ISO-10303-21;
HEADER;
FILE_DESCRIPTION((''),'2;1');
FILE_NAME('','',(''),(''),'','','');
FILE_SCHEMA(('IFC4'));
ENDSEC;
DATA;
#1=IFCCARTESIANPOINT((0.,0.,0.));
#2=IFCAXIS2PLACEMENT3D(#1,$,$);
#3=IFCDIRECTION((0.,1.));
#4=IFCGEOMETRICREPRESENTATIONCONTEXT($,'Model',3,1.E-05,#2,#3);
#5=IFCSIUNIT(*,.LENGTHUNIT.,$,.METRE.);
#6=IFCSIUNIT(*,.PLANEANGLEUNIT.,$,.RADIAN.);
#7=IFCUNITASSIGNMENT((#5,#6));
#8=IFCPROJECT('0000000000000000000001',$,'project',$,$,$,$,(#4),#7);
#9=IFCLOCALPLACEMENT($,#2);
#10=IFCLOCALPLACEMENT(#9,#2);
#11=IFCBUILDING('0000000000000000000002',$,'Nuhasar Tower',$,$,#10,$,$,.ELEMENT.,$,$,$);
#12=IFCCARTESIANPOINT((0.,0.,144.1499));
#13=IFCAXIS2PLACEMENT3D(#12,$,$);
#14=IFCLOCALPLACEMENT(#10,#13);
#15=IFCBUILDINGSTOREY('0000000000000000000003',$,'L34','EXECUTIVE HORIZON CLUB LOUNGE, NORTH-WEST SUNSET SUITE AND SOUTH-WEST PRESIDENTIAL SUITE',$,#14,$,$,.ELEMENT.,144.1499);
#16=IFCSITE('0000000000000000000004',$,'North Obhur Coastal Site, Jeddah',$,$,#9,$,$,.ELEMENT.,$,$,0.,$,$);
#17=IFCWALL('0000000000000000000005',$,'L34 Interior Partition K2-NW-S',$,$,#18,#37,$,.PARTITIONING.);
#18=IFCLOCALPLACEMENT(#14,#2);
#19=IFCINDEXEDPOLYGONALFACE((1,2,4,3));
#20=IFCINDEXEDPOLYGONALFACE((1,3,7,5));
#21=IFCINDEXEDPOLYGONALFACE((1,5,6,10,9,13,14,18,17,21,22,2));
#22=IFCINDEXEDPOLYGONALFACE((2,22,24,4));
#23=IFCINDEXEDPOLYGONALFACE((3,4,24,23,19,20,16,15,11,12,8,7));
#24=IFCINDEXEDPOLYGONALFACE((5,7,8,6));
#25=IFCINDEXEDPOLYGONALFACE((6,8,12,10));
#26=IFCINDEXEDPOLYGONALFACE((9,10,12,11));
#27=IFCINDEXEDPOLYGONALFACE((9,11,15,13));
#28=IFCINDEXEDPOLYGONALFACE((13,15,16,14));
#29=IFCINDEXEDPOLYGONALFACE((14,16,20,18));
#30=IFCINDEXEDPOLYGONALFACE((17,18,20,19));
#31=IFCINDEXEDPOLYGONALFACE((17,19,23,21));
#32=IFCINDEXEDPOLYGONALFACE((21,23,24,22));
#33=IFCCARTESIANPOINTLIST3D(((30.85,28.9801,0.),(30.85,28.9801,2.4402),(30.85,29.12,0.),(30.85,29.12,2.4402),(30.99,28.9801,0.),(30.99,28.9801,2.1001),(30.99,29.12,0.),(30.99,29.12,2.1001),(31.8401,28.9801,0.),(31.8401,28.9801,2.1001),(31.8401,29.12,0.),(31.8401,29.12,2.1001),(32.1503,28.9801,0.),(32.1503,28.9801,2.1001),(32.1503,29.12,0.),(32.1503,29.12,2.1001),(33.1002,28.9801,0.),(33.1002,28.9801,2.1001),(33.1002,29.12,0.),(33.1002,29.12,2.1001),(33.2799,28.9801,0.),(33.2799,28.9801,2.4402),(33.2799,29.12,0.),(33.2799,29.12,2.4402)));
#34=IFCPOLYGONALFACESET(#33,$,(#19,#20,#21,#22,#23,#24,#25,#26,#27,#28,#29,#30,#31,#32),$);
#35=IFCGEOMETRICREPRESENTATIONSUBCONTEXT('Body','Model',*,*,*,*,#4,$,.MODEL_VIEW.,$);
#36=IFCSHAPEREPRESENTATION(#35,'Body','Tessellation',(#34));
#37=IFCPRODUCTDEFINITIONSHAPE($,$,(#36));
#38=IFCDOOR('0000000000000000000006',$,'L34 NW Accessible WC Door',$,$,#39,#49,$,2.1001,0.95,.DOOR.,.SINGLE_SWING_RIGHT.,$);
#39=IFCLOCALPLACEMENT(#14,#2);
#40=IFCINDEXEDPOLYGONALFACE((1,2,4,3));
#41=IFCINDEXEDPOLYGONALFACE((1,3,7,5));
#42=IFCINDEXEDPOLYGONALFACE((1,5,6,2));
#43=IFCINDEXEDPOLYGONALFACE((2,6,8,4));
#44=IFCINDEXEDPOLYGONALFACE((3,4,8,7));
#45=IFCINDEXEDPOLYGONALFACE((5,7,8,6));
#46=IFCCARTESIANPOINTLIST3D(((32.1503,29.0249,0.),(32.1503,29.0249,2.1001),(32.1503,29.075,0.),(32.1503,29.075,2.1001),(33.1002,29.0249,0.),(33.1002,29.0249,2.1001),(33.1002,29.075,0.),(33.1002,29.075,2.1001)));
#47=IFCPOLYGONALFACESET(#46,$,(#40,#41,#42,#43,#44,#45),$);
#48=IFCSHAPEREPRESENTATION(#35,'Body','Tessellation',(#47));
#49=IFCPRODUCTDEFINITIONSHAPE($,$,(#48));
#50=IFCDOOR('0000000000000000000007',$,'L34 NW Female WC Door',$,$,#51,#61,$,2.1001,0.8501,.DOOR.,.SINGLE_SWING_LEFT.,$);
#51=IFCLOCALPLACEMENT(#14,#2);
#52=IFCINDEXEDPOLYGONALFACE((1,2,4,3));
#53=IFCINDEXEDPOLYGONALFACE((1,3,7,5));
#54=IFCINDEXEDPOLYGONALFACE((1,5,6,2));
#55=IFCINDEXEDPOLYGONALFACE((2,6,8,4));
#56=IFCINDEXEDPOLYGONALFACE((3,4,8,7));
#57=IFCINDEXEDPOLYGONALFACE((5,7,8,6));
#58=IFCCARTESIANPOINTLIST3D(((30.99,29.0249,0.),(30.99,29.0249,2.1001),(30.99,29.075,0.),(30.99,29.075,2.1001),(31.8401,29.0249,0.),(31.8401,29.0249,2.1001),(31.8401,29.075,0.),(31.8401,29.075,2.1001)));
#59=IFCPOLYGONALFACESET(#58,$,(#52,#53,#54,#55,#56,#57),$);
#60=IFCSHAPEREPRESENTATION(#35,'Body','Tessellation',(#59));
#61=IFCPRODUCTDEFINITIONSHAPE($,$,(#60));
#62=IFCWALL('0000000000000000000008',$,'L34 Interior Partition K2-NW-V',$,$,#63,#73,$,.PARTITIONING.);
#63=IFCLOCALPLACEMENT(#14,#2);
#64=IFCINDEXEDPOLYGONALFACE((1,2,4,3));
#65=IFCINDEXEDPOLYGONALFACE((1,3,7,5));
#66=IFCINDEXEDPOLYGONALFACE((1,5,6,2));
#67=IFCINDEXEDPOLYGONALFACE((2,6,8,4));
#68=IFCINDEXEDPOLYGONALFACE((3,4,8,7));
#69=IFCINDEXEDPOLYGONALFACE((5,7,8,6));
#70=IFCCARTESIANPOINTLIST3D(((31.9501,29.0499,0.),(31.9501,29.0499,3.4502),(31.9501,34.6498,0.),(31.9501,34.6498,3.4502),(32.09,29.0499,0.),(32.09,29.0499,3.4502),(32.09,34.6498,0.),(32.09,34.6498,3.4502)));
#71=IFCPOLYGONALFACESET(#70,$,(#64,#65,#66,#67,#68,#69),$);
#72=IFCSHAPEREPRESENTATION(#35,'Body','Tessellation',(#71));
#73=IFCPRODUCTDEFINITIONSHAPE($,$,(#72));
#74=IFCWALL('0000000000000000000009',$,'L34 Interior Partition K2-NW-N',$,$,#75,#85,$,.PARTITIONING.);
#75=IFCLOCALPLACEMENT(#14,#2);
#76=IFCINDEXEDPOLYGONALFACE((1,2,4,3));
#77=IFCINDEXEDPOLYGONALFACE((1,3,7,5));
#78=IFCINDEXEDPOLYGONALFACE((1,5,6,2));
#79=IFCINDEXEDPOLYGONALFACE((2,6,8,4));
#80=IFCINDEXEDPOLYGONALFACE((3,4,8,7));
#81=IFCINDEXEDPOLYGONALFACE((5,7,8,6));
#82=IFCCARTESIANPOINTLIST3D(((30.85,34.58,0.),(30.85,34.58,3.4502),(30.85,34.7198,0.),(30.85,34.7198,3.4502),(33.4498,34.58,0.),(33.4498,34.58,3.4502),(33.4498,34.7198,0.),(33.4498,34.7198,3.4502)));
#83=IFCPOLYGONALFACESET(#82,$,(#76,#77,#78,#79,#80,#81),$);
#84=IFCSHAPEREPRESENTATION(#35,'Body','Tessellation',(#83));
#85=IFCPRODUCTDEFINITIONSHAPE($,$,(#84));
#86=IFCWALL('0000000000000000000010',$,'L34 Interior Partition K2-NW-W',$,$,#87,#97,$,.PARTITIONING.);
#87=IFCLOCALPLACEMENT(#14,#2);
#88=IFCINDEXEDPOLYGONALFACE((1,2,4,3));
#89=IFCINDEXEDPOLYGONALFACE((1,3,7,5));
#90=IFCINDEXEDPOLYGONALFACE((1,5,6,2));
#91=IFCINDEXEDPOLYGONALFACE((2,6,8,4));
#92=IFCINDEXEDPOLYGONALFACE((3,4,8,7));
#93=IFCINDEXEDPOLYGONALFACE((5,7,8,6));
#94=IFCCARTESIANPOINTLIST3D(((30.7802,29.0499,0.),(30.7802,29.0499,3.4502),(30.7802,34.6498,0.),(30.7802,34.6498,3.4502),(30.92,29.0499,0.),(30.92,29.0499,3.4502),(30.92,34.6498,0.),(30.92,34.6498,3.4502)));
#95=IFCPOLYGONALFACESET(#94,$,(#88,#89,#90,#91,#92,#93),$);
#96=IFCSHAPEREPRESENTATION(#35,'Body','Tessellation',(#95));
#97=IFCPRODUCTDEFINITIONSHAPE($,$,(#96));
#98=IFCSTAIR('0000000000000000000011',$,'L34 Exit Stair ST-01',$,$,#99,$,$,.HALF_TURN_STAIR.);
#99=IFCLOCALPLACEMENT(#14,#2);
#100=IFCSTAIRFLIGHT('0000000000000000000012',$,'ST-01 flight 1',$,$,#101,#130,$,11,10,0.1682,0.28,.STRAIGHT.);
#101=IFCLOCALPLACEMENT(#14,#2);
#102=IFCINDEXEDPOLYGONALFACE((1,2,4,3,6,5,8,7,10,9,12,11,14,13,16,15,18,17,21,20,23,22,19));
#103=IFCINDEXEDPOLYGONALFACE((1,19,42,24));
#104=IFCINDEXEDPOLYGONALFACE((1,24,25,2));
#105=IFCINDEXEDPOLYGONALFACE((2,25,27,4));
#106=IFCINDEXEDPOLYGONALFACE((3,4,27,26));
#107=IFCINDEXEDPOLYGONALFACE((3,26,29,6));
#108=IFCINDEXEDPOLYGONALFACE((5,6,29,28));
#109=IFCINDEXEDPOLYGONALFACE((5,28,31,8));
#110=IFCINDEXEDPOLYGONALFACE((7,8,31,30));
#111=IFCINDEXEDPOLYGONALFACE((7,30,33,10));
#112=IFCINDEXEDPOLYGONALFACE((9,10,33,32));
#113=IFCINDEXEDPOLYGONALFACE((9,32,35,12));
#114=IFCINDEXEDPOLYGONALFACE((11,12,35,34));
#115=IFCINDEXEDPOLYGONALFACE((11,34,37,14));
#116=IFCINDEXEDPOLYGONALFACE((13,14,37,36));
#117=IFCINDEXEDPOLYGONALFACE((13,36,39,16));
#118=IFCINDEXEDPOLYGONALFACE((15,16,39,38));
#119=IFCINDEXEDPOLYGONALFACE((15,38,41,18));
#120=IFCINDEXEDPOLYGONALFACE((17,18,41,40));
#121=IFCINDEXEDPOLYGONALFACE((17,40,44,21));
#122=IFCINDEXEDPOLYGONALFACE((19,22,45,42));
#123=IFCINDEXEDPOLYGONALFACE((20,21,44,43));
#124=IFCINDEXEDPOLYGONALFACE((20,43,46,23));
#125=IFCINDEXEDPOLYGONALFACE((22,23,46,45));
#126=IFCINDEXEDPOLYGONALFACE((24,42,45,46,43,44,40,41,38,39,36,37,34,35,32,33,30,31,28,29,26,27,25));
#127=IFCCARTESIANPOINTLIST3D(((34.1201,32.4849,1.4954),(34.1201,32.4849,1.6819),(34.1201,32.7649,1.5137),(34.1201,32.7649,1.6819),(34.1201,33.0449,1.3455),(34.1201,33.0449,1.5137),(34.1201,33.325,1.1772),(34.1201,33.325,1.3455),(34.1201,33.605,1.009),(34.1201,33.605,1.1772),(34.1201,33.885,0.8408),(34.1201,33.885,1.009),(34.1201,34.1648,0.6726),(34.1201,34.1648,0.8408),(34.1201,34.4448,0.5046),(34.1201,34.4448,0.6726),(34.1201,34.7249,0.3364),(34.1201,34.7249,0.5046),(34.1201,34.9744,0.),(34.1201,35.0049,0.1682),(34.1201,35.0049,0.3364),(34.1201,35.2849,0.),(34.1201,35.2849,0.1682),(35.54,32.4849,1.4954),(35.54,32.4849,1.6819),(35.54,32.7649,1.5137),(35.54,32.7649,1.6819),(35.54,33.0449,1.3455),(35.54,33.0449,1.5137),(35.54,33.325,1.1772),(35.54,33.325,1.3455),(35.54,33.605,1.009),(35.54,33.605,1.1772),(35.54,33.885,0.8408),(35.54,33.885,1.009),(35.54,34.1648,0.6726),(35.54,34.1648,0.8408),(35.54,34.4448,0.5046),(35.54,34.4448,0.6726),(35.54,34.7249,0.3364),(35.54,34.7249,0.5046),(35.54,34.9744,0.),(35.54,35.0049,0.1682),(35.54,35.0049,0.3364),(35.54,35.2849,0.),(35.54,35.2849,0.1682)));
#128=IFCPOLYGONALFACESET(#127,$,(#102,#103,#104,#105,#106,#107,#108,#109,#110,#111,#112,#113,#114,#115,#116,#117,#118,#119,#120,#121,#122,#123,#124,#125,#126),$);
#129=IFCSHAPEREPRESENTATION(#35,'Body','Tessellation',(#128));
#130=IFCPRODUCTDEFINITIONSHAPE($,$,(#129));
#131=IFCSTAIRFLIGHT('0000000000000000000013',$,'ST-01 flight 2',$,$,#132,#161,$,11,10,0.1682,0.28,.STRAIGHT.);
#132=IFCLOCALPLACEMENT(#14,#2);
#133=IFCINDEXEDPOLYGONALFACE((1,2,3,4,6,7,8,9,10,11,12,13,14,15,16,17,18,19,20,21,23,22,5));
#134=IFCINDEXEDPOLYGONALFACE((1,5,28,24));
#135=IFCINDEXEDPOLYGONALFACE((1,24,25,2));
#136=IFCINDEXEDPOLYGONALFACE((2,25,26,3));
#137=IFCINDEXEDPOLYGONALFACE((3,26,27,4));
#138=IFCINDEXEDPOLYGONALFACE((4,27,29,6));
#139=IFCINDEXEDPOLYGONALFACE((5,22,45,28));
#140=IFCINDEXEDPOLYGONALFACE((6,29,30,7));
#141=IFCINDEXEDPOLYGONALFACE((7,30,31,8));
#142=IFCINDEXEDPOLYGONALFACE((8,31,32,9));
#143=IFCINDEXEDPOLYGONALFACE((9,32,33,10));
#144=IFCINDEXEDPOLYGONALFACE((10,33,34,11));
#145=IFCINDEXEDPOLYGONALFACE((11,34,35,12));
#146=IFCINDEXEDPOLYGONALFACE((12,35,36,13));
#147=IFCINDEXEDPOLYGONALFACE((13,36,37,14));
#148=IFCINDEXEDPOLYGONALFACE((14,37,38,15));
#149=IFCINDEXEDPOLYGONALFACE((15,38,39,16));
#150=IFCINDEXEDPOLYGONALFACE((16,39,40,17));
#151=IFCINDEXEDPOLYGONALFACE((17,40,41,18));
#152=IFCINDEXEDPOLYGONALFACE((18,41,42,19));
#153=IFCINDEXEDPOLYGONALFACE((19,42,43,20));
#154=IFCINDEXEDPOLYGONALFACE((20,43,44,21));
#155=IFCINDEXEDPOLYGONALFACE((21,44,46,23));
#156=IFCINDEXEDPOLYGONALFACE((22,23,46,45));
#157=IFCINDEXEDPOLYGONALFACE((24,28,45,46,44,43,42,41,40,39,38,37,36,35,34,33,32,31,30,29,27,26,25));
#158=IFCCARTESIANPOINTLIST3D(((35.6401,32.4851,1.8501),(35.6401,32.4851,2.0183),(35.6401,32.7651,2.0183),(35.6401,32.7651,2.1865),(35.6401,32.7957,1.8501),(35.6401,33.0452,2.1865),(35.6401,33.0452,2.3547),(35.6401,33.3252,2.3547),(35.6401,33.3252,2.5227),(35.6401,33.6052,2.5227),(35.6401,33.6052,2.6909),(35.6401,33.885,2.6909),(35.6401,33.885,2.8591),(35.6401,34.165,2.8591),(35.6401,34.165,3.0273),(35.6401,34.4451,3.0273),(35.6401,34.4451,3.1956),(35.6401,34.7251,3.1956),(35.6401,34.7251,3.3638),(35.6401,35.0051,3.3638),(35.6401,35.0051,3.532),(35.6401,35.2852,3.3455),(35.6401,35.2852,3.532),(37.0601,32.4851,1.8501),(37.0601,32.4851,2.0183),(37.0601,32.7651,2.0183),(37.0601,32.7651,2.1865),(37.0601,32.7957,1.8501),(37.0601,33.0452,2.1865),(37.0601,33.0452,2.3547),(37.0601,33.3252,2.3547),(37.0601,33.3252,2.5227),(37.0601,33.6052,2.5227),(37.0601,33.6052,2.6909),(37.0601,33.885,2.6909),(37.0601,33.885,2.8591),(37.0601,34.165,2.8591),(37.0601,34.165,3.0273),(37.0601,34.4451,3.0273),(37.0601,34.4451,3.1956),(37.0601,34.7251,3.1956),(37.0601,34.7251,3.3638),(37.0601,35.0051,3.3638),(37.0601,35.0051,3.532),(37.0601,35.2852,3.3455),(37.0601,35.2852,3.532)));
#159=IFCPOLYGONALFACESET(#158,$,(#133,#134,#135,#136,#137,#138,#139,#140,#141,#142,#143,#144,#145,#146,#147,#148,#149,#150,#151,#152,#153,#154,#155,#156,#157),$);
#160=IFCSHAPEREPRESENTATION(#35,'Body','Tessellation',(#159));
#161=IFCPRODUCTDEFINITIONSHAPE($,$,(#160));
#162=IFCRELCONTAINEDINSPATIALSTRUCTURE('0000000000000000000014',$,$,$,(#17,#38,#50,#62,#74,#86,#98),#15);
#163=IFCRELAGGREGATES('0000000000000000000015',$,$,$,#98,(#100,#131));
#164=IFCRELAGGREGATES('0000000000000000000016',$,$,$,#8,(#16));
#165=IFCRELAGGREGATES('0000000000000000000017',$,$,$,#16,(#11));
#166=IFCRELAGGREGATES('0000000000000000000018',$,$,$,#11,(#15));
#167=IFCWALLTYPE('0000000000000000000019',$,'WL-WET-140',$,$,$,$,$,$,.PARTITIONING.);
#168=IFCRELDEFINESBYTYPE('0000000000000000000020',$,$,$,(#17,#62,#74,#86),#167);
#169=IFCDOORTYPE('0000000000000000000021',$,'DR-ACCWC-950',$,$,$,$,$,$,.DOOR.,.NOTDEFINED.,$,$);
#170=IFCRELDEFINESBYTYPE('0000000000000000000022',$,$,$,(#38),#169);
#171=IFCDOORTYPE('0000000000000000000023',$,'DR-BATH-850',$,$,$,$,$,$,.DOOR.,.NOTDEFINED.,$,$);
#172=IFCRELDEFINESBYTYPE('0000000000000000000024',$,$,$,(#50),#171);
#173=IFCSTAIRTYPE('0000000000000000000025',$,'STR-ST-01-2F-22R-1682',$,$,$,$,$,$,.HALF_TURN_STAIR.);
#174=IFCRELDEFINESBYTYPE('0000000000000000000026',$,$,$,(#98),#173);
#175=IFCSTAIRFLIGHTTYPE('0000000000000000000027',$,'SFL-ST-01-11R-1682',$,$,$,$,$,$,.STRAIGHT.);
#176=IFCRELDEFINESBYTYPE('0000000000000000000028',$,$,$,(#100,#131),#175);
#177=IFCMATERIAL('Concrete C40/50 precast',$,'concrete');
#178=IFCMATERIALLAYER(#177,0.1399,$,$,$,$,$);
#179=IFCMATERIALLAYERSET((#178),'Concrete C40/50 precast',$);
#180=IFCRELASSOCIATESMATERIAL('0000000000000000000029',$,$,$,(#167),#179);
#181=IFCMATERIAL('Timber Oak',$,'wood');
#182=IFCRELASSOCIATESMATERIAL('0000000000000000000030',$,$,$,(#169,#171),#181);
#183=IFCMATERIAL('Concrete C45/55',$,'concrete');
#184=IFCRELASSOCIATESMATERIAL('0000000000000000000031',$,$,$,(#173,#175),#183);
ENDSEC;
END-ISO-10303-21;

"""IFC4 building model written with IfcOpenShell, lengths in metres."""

from ifc_helpers import new_model, si_unit, direction, frame, frame_2d, origin, place, context, subcontext, project, spatial, polyline, rectangle, outline, extrude, material, layer, layer_set, type_object, element, fill, aggregate, save


model = new_model("IFC4")

# Units and contexts
model_context = context("Model", 3, precision=1e-05, world=origin(), true_north=direction((0.0, 1.0)))
body_context = subcontext(model_context, "Body", "Model", "MODEL_VIEW")
ifc_project = project(units=[si_unit("LENGTHUNIT", "METRE"), si_unit("PLANEANGLEUNIT", "RADIAN")], contexts=[model_context])

# Site, building, storey
site_placement = place(None, origin())
site = spatial("IfcSite", under=ifc_project, at=site_placement, Name="North Obhur Coastal Site, Jeddah", CompositionType="ELEMENT", RefElevation=0.0)
building_placement = place(site_placement, origin())
building = spatial("IfcBuilding", under=site, at=building_placement, Name="Nuhasar Tower", CompositionType="ELEMENT")
storey_placement = place(building_placement, frame((0.0, 0.0, 144.1499)))
storey = spatial("IfcBuildingStorey", under=building, at=storey_placement, Name="L34", Description="EXECUTIVE HORIZON CLUB LOUNGE, NORTH-WEST SUNSET SUITE AND SOUTH-WEST PRESIDENTIAL SUITE", CompositionType="ELEMENT", Elevation=144.1499)

# Shared definitions
ifc_material_1 = material(Name="Concrete C40/50 precast", Category="concrete")
ifc_layer_1 = layer(ifc_material_1, 0.1399)
ifc_layer_set_1 = layer_set([ifc_layer_1], Name="Concrete C40/50 precast")
wall_type_1 = type_object("IfcWallType", Name="WL-WET-140", PredefinedType="PARTITIONING", material=ifc_layer_set_1)

# Wall, openings, doors
wall_1_placement = place(storey_placement, frame((30.8501, 29.05, 0.0), z_axis=(0.0, 0.0, 1.0), x_axis=(1.0, 0.0, 0.0)))
wall_1 = element("IfcWall", 1, at=wall_1_placement, inside=storey, type_object=wall_type_1, Name="L34 Interior Partition K2-NW-S", PredefinedType="PARTITIONING", context=body_context, shape_type="SweptSolid", body=[
    extrude(rectangle(XDim=2.4299, YDim=0.1399, at=frame_2d((1.2148, 0.0))), origin(), (0.0, 0.0, 1.0), 2.4402),
])
opening_1_placement = place(wall_1_placement, frame((0.1399, 0.0, 0.0)))
opening_1 = element("IfcOpeningElement", 2, at=opening_1_placement, cuts=wall_1, PredefinedType="OPENING", context=body_context, shape_type="SweptSolid", body=[
    extrude(rectangle(XDim=0.8501, YDim=2.1001, at=frame_2d((0.425, 1.05))), frame((0.0, 0.0801, 0.0), z_axis=(0.0, -1.0, 0.0), x_axis=(1.0, 0.0, 0.0)), (0.0, 0.0, 1.0), 0.1599),
])
opening_2_placement = place(wall_1_placement, frame((1.3, 0.0, 0.0)))
opening_2 = element("IfcOpeningElement", 3, at=opening_2_placement, cuts=wall_1, PredefinedType="OPENING", context=body_context, shape_type="SweptSolid", body=[
    extrude(rectangle(XDim=0.95, YDim=2.1001, at=frame_2d((0.4751, 1.05))), frame((0.0, 0.0801, 0.0), z_axis=(0.0, -1.0, 0.0), x_axis=(1.0, 0.0, 0.0)), (0.0, 0.0, 1.0), 0.1599),
])
ifc_material_2 = material(Name="Timber Oak", Category="wood")
door_type_1 = type_object("IfcDoorType", Name="DR-ACCWC-950", OperationType="NOTDEFINED", PredefinedType="DOOR", material=ifc_material_2)
door_1_placement = place(opening_2_placement, origin())
door_1 = element("IfcDoor", 4, at=door_1_placement, inside=storey, type_object=door_type_1, Name="L34 NW Accessible WC Door", OperationType="SINGLE_SWING_RIGHT", OverallHeight=2.1001, OverallWidth=0.95, PredefinedType="DOOR", context=body_context, shape_type="SweptSolid", body=[
    extrude(rectangle(XDim=0.95, YDim=2.1001, at=frame_2d((0.4751, 1.05))), frame((0.0, 0.0249, 0.0), z_axis=(0.0, -1.0, 0.0), x_axis=(1.0, 0.0, 0.0)), (0.0, 0.0, 1.0), 0.05),
])
fill(opening_2, door_1)
door_type_2 = type_object("IfcDoorType", Name="DR-BATH-850", OperationType="NOTDEFINED", PredefinedType="DOOR", material=ifc_material_2)
door_2_placement = place(opening_1_placement, origin())
door_2 = element("IfcDoor", 5, at=door_2_placement, inside=storey, type_object=door_type_2, Name="L34 NW Female WC Door", OperationType="SINGLE_SWING_LEFT", OverallHeight=2.1001, OverallWidth=0.8501, PredefinedType="DOOR", context=body_context, shape_type="SweptSolid", body=[
    extrude(rectangle(XDim=0.8501, YDim=2.1001, at=frame_2d((0.425, 1.05))), frame((0.0, 0.0249, 0.0), z_axis=(0.0, -1.0, 0.0), x_axis=(1.0, 0.0, 0.0)), (0.0, 0.0, 1.0), 0.05),
])
fill(opening_1, door_2)

# Walls
wall_2_placement = place(storey_placement, frame((32.02, 29.05, 0.0), z_axis=(0.0, 0.0, 1.0), x_axis=(0.0, 1.0, 0.0)))
element("IfcWall", 6, at=wall_2_placement, inside=storey, type_object=wall_type_1, Name="L34 Interior Partition K2-NW-V", PredefinedType="PARTITIONING", context=body_context, shape_type="SweptSolid", body=[
    extrude(rectangle(XDim=5.5999, YDim=0.1399, at=frame_2d((2.7998, 0.0))), origin(), (0.0, 0.0, 1.0), 3.4502),
])
wall_3_placement = place(storey_placement, frame((30.8501, 34.6499, 0.0), z_axis=(0.0, 0.0, 1.0), x_axis=(1.0, 0.0, 0.0)))
element("IfcWall", 7, at=wall_3_placement, inside=storey, type_object=wall_type_1, Name="L34 Interior Partition K2-NW-N", PredefinedType="PARTITIONING", context=body_context, shape_type="SweptSolid", body=[
    extrude(rectangle(XDim=2.5999, YDim=0.1399, at=frame_2d((1.2998, 0.0))), origin(), (0.0, 0.0, 1.0), 3.4502),
])
wall_4_placement = place(storey_placement, frame((30.8501, 29.05, 0.0), z_axis=(0.0, 0.0, 1.0), x_axis=(0.0, 1.0, 0.0)))
element("IfcWall", 8, at=wall_4_placement, inside=storey, type_object=wall_type_1, Name="L34 Interior Partition K2-NW-W", PredefinedType="PARTITIONING", context=body_context, shape_type="SweptSolid", body=[
    extrude(rectangle(XDim=5.5999, YDim=0.1399, at=frame_2d((2.7998, 0.0))), origin(), (0.0, 0.0, 1.0), 3.4502),
])

# Stair, stair flights
ifc_material_3 = material(Name="Concrete C45/55", Category="concrete")
stair_type_1 = type_object("IfcStairType", Name="STR-ST-01-2F-22R-1682", PredefinedType="HALF_TURN_STAIR", material=ifc_material_3)
stair_1_placement = place(storey_placement, origin())
stair_1 = element("IfcStair", 9, at=stair_1_placement, inside=storey, type_object=stair_type_1, Name="L34 Exit Stair ST-01", PredefinedType="HALF_TURN_STAIR")
stair_flight_type_1 = type_object("IfcStairFlightType", Name="SFL-ST-01-11R-1682", PredefinedType="STRAIGHT", material=ifc_material_3)
stair_flight_1_placement = place(storey_placement, frame((34.8301, 35.2849, 0.0), z_axis=(0.0, 0.0, 1.0), x_axis=(0.0, -1.0, 0.0)))
stair_flight_1 = element("IfcStairFlight", 10, at=stair_flight_1_placement, type_object=stair_flight_type_1, Name="ST-01 flight 1", NumberOfRisers=11, NumberOfTreads=10, PredefinedType="STRAIGHT", RiserHeight=0.1682, TreadLength=0.28, context=body_context, shape_type="SweptSolid", body=[
    extrude(outline(polyline([(0.0, 0.0), (0.0, 0.1682), (0.28, 0.1682), (0.28, 0.3364), (0.5601, 0.3364), (0.5601, 0.5046), (0.8401, 0.5046), (0.8401, 0.6726), (1.1201, 0.6726), (1.1201, 0.8408), (1.3999, 0.8408), (1.3999, 1.009), (1.6799, 1.009), (1.6799, 1.1772), (1.96, 1.1772), (1.96, 1.3455), (2.24, 1.3455), (2.24, 1.5137), (2.52, 1.5137), (2.52, 1.6819), (2.8, 1.6819), (2.8, 1.8501), (2.8, 1.4954), (0.3105, 0.0), (0.0, 0.0)])), frame((0.0, 0.71, 0.0), z_axis=(0.0, -1.0, 0.0), x_axis=(1.0, 0.0, 0.0)), (0.0, 0.0, 1.0), 1.4199),
])
stair_flight_2_placement = place(storey_placement, frame((36.3501, 32.4851, 1.8501), z_axis=(0.0, 0.0, 1.0), x_axis=(0.0, 1.0, 0.0)))
stair_flight_2 = element("IfcStairFlight", 11, at=stair_flight_2_placement, type_object=stair_flight_type_1, Name="ST-01 flight 2", NumberOfRisers=11, NumberOfTreads=10, PredefinedType="STRAIGHT", RiserHeight=0.1682, TreadLength=0.28, context=body_context, shape_type="SweptSolid", body=[
    extrude(outline(polyline([(0.0, 0.0), (0.0, 0.1682), (0.28, 0.1682), (0.28, 0.3364), (0.5601, 0.3364), (0.5601, 0.5046), (0.8401, 0.5046), (0.8401, 0.6726), (1.1201, 0.6726), (1.1201, 0.8408), (1.3999, 0.8408), (1.3999, 1.009), (1.6799, 1.009), (1.6799, 1.1772), (1.96, 1.1772), (1.96, 1.3455), (2.24, 1.3455), (2.24, 1.5137), (2.52, 1.5137), (2.52, 1.6819), (2.8, 1.6819), (2.8, 1.8501), (2.8, 1.4954), (0.3105, 0.0), (0.0, 0.0)])), frame((0.0, 0.71, 0.0), z_axis=(0.0, -1.0, 0.0), x_axis=(1.0, 0.0, 0.0)), (0.0, 0.0, 1.0), 1.4199),
])
aggregate(stair_1, [stair_flight_1, stair_flight_2])

save(model, "model.ifc")
